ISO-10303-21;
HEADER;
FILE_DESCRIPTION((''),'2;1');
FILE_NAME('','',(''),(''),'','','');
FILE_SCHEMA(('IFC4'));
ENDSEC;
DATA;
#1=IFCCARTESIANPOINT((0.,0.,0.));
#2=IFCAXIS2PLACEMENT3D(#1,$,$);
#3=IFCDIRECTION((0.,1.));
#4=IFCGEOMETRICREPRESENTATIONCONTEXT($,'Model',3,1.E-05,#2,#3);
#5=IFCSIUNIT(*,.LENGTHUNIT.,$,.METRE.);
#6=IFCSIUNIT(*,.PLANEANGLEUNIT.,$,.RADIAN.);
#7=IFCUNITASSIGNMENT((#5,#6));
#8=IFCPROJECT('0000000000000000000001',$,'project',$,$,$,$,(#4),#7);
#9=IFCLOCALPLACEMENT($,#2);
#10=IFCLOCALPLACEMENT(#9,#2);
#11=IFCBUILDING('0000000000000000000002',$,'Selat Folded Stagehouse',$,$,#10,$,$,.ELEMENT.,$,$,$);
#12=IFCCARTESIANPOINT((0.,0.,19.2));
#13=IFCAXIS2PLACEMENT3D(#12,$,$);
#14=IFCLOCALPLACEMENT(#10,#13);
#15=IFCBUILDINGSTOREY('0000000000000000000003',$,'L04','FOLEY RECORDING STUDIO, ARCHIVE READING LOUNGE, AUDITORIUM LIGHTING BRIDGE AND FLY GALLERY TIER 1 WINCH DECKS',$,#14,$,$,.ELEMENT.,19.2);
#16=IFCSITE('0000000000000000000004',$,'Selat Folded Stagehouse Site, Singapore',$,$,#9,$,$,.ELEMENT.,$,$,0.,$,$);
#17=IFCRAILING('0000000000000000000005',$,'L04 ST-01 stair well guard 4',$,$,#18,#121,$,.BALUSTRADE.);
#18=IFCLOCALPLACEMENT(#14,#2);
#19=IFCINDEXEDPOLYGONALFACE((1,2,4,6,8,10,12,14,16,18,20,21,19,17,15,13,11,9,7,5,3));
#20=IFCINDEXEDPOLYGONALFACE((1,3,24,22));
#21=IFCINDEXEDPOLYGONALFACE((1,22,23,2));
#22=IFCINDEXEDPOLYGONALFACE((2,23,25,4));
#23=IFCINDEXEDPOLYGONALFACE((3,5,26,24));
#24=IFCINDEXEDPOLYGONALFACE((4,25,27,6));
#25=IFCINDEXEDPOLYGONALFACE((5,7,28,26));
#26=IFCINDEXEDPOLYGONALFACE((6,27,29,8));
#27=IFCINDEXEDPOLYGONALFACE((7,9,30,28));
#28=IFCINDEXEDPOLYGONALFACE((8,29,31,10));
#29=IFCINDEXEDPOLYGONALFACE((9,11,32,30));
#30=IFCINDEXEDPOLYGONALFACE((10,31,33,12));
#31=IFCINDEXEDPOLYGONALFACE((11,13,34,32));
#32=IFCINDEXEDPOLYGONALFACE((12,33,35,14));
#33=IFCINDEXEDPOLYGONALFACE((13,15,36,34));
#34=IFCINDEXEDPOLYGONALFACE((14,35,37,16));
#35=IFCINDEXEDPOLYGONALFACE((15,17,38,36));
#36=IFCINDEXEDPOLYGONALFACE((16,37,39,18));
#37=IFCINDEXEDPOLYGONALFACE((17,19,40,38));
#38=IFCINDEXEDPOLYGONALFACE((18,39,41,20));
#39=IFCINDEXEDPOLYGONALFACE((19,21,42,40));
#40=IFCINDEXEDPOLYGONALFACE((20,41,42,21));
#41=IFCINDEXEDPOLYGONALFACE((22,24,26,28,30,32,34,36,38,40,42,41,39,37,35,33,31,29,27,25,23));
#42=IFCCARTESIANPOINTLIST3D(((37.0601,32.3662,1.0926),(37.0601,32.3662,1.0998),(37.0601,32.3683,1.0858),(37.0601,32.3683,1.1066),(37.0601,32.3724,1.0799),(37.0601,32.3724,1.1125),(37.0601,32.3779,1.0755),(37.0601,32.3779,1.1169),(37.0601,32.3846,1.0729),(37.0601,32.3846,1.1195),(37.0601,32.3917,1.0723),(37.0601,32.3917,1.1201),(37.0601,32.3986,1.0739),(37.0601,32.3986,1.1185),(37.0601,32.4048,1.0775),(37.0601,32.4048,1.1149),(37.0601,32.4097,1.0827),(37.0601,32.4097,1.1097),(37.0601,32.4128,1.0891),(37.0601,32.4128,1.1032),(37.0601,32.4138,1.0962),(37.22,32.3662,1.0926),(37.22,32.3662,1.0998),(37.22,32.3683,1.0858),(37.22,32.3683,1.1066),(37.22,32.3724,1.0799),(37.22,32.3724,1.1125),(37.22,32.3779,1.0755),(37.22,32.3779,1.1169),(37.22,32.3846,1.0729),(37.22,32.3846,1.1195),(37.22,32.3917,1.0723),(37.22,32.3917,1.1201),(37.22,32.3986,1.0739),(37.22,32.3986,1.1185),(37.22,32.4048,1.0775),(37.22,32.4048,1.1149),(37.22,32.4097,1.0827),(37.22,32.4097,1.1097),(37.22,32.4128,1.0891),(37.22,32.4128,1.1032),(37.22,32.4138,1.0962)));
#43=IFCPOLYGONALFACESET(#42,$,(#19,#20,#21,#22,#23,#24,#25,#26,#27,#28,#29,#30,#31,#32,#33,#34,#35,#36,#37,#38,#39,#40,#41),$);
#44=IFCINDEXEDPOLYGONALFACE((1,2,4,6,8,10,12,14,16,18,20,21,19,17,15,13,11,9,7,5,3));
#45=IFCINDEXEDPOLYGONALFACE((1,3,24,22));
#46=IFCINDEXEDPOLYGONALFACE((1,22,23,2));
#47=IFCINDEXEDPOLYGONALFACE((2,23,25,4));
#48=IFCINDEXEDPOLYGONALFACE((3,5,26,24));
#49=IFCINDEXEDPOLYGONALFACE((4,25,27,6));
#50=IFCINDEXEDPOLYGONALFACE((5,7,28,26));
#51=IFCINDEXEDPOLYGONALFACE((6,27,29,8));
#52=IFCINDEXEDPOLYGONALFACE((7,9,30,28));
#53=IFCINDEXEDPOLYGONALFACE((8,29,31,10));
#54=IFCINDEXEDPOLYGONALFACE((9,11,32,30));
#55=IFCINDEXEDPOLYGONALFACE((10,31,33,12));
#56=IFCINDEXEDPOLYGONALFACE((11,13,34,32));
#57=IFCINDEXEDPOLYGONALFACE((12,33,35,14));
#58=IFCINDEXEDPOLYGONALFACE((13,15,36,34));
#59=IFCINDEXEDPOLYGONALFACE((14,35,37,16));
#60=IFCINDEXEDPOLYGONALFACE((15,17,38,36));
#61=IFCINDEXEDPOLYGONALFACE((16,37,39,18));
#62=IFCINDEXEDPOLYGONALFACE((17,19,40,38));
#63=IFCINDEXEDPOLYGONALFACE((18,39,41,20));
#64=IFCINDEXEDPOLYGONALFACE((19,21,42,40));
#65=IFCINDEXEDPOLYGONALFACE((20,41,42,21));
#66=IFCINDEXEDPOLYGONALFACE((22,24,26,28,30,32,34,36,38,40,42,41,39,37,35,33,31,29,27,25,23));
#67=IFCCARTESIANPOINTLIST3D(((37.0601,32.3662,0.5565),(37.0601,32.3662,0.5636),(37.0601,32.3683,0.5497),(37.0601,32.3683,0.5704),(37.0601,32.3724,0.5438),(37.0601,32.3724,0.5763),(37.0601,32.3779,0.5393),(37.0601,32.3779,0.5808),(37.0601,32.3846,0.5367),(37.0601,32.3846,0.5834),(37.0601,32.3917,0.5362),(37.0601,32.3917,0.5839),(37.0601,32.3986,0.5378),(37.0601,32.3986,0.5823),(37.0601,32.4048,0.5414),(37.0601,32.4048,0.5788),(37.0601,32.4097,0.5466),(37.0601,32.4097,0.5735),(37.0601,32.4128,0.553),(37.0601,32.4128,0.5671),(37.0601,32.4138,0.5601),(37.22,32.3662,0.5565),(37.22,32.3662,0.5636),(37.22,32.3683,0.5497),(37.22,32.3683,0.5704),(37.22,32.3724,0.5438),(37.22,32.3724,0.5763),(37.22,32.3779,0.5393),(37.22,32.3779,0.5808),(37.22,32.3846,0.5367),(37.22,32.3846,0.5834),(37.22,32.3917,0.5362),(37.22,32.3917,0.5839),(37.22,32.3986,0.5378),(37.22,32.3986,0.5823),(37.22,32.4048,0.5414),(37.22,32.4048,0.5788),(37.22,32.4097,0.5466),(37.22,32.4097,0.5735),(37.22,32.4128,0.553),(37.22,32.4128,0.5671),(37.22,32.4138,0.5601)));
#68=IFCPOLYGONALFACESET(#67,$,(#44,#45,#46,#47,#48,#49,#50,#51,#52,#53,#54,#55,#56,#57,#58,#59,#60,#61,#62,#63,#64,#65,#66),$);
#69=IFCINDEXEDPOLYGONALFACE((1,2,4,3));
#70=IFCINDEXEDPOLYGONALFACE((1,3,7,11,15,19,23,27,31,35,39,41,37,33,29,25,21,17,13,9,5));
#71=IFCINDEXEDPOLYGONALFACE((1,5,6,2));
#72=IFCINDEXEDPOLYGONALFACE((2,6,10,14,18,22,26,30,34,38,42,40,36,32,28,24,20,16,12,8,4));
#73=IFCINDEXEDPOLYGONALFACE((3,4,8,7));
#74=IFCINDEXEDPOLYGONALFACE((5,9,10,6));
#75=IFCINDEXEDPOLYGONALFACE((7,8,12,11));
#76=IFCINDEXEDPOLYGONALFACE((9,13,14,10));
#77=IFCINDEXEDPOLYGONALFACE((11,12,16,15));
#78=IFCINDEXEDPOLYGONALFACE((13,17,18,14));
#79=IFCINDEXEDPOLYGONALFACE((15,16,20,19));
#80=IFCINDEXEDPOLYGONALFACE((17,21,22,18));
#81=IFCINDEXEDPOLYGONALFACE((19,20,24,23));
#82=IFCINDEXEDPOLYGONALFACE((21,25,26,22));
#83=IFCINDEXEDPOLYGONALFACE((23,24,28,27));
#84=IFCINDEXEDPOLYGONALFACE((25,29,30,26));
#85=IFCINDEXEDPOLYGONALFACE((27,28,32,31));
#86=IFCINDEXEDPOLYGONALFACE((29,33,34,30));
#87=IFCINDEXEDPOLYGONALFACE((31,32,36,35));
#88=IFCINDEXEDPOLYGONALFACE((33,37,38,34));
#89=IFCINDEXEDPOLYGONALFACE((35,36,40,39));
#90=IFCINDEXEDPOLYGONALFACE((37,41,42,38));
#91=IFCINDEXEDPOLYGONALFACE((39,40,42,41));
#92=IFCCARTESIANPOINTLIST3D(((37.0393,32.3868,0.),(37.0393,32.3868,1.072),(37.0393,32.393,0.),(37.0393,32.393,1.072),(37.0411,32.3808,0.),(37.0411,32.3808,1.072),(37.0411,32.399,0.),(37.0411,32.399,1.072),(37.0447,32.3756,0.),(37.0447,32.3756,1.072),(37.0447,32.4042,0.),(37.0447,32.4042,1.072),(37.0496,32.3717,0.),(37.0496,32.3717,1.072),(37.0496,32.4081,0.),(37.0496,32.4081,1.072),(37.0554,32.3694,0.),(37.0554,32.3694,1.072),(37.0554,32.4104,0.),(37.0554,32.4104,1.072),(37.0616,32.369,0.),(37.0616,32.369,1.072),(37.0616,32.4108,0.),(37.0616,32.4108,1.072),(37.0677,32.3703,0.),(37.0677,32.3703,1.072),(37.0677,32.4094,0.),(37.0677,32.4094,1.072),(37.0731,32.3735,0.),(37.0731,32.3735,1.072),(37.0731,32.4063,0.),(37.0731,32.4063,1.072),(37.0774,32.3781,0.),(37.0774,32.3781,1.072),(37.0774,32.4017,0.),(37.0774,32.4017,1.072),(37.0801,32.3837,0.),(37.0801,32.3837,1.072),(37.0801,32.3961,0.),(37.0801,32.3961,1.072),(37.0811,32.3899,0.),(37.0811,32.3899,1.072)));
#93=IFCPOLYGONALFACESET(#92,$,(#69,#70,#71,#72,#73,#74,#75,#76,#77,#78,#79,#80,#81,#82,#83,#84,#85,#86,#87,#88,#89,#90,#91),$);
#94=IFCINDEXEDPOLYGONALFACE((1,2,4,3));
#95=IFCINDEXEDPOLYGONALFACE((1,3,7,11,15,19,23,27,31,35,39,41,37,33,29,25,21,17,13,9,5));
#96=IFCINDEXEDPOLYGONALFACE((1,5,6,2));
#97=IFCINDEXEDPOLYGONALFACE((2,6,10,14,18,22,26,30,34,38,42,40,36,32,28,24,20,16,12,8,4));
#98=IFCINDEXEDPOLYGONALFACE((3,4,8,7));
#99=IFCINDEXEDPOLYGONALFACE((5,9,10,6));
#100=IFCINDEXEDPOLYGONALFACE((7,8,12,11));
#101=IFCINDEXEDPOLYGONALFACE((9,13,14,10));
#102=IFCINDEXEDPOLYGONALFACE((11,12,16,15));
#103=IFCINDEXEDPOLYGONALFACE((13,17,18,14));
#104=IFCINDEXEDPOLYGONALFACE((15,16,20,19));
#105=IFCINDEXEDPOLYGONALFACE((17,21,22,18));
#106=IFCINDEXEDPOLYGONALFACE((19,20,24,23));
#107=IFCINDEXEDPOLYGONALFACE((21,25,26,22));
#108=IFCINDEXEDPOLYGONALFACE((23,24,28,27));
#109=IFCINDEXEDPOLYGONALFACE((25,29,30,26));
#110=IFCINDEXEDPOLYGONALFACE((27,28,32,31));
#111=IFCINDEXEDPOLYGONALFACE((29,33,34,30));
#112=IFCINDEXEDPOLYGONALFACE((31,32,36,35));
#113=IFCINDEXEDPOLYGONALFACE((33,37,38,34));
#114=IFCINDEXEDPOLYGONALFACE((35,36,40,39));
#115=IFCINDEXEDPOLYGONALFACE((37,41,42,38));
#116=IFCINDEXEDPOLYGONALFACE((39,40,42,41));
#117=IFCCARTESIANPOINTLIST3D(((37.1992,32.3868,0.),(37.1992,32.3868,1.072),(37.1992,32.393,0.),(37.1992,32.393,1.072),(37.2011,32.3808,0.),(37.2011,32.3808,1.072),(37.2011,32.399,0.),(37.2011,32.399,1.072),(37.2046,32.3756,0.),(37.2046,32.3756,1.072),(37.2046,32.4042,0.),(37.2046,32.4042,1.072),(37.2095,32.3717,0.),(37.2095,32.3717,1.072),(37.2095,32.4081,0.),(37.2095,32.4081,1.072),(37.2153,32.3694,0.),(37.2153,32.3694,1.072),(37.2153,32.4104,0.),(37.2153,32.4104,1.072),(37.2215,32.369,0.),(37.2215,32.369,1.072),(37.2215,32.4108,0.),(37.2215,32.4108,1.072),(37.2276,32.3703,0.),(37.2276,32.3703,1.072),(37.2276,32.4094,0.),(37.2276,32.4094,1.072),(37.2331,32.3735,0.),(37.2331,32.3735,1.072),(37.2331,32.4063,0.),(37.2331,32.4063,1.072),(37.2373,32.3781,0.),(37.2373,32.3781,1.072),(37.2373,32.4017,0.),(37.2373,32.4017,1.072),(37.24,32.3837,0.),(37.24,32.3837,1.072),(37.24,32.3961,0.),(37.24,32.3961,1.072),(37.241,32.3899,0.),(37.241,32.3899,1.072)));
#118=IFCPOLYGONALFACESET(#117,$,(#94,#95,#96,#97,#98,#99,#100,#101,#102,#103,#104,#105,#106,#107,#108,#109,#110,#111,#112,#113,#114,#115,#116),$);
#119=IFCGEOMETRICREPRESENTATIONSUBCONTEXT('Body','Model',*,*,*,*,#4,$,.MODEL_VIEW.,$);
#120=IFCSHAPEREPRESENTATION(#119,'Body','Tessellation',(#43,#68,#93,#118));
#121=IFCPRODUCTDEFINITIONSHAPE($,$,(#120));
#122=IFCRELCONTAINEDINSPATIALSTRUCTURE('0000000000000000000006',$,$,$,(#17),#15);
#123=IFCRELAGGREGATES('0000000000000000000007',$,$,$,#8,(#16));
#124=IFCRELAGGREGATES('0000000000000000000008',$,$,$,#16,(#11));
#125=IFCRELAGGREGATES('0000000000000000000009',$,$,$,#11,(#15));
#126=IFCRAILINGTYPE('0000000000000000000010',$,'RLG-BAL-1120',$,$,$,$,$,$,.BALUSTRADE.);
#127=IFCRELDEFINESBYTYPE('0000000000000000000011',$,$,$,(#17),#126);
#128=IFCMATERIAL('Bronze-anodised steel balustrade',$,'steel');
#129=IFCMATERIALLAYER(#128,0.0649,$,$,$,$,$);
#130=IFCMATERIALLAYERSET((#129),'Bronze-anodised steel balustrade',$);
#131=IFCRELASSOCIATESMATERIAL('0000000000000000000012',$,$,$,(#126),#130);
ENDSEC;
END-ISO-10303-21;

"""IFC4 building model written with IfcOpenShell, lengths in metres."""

from ifc_helpers import new_model, si_unit, direction, frame, origin, origin_2d, place, context, subcontext, project, spatial, circle, extrude, material, layer, layer_set, type_object, element, save


model = new_model("IFC4")

# Units and contexts
model_context = context("Model", 3, precision=1e-05, world=origin(), true_north=direction((0.0, 1.0)))
body_context = subcontext(model_context, "Body", "Model", "MODEL_VIEW")
ifc_project = project(units=[si_unit("LENGTHUNIT", "METRE"), si_unit("PLANEANGLEUNIT", "RADIAN")], contexts=[model_context])

# Site, building, storey
site_placement = place(None, origin())
site = spatial("IfcSite", under=ifc_project, at=site_placement, Name="Selat Folded Stagehouse Site, Singapore", CompositionType="ELEMENT", RefElevation=0.0)
building_placement = place(site_placement, origin())
building = spatial("IfcBuilding", under=site, at=building_placement, Name="Selat Folded Stagehouse", CompositionType="ELEMENT")
storey_placement = place(building_placement, frame((0.0, 0.0, 19.2)))
storey = spatial("IfcBuildingStorey", under=building, at=storey_placement, Name="L04", Description="FOLEY RECORDING STUDIO, ARCHIVE READING LOUNGE, AUDITORIUM LIGHTING BRIDGE AND FLY GALLERY TIER 1 WINCH DECKS", CompositionType="ELEMENT", Elevation=19.2)

# Railing
ifc_material_1 = material(Name="Bronze-anodised steel balustrade", Category="steel")
ifc_layer_1 = layer(ifc_material_1, 0.0649)
ifc_layer_set_1 = layer_set([ifc_layer_1], Name="Bronze-anodised steel balustrade")
railing_type_1 = type_object("IfcRailingType", Name="RLG-BAL-1120", PredefinedType="BALUSTRADE", material=ifc_layer_set_1)
railing_1_placement = place(storey_placement, frame((37.0601, 32.3899, 0.0)))
element("IfcRailing", 1, at=railing_1_placement, inside=storey, type_object=railing_type_1, Name="L04 ST-01 stair well guard 4", PredefinedType="BALUSTRADE", context=body_context, shape_type="SweptSolid", body=[
    extrude(circle(Radius=0.0239, at=origin_2d()), frame((0.0, 0.0, 1.0962), z_axis=(1.0, 0.0, 0.0), x_axis=(0.0, 1.0, 0.0)), (0.0, 0.0, 1.0), 0.1599),
    extrude(circle(Radius=0.0239, at=origin_2d()), frame((0.0, 0.0, 0.5601), z_axis=(1.0, 0.0, 0.0), x_axis=(0.0, 1.0, 0.0)), (0.0, 0.0, 1.0), 0.1599),
    extrude(circle(Radius=0.021, at=origin_2d()), origin(), (0.0, 0.0, 1.0), 1.072),
    extrude(circle(Radius=0.021, at=origin_2d()), frame((0.1599, 0.0, 0.0)), (0.0, 0.0, 1.0), 1.072),
])

save(model, "model.ifc")
